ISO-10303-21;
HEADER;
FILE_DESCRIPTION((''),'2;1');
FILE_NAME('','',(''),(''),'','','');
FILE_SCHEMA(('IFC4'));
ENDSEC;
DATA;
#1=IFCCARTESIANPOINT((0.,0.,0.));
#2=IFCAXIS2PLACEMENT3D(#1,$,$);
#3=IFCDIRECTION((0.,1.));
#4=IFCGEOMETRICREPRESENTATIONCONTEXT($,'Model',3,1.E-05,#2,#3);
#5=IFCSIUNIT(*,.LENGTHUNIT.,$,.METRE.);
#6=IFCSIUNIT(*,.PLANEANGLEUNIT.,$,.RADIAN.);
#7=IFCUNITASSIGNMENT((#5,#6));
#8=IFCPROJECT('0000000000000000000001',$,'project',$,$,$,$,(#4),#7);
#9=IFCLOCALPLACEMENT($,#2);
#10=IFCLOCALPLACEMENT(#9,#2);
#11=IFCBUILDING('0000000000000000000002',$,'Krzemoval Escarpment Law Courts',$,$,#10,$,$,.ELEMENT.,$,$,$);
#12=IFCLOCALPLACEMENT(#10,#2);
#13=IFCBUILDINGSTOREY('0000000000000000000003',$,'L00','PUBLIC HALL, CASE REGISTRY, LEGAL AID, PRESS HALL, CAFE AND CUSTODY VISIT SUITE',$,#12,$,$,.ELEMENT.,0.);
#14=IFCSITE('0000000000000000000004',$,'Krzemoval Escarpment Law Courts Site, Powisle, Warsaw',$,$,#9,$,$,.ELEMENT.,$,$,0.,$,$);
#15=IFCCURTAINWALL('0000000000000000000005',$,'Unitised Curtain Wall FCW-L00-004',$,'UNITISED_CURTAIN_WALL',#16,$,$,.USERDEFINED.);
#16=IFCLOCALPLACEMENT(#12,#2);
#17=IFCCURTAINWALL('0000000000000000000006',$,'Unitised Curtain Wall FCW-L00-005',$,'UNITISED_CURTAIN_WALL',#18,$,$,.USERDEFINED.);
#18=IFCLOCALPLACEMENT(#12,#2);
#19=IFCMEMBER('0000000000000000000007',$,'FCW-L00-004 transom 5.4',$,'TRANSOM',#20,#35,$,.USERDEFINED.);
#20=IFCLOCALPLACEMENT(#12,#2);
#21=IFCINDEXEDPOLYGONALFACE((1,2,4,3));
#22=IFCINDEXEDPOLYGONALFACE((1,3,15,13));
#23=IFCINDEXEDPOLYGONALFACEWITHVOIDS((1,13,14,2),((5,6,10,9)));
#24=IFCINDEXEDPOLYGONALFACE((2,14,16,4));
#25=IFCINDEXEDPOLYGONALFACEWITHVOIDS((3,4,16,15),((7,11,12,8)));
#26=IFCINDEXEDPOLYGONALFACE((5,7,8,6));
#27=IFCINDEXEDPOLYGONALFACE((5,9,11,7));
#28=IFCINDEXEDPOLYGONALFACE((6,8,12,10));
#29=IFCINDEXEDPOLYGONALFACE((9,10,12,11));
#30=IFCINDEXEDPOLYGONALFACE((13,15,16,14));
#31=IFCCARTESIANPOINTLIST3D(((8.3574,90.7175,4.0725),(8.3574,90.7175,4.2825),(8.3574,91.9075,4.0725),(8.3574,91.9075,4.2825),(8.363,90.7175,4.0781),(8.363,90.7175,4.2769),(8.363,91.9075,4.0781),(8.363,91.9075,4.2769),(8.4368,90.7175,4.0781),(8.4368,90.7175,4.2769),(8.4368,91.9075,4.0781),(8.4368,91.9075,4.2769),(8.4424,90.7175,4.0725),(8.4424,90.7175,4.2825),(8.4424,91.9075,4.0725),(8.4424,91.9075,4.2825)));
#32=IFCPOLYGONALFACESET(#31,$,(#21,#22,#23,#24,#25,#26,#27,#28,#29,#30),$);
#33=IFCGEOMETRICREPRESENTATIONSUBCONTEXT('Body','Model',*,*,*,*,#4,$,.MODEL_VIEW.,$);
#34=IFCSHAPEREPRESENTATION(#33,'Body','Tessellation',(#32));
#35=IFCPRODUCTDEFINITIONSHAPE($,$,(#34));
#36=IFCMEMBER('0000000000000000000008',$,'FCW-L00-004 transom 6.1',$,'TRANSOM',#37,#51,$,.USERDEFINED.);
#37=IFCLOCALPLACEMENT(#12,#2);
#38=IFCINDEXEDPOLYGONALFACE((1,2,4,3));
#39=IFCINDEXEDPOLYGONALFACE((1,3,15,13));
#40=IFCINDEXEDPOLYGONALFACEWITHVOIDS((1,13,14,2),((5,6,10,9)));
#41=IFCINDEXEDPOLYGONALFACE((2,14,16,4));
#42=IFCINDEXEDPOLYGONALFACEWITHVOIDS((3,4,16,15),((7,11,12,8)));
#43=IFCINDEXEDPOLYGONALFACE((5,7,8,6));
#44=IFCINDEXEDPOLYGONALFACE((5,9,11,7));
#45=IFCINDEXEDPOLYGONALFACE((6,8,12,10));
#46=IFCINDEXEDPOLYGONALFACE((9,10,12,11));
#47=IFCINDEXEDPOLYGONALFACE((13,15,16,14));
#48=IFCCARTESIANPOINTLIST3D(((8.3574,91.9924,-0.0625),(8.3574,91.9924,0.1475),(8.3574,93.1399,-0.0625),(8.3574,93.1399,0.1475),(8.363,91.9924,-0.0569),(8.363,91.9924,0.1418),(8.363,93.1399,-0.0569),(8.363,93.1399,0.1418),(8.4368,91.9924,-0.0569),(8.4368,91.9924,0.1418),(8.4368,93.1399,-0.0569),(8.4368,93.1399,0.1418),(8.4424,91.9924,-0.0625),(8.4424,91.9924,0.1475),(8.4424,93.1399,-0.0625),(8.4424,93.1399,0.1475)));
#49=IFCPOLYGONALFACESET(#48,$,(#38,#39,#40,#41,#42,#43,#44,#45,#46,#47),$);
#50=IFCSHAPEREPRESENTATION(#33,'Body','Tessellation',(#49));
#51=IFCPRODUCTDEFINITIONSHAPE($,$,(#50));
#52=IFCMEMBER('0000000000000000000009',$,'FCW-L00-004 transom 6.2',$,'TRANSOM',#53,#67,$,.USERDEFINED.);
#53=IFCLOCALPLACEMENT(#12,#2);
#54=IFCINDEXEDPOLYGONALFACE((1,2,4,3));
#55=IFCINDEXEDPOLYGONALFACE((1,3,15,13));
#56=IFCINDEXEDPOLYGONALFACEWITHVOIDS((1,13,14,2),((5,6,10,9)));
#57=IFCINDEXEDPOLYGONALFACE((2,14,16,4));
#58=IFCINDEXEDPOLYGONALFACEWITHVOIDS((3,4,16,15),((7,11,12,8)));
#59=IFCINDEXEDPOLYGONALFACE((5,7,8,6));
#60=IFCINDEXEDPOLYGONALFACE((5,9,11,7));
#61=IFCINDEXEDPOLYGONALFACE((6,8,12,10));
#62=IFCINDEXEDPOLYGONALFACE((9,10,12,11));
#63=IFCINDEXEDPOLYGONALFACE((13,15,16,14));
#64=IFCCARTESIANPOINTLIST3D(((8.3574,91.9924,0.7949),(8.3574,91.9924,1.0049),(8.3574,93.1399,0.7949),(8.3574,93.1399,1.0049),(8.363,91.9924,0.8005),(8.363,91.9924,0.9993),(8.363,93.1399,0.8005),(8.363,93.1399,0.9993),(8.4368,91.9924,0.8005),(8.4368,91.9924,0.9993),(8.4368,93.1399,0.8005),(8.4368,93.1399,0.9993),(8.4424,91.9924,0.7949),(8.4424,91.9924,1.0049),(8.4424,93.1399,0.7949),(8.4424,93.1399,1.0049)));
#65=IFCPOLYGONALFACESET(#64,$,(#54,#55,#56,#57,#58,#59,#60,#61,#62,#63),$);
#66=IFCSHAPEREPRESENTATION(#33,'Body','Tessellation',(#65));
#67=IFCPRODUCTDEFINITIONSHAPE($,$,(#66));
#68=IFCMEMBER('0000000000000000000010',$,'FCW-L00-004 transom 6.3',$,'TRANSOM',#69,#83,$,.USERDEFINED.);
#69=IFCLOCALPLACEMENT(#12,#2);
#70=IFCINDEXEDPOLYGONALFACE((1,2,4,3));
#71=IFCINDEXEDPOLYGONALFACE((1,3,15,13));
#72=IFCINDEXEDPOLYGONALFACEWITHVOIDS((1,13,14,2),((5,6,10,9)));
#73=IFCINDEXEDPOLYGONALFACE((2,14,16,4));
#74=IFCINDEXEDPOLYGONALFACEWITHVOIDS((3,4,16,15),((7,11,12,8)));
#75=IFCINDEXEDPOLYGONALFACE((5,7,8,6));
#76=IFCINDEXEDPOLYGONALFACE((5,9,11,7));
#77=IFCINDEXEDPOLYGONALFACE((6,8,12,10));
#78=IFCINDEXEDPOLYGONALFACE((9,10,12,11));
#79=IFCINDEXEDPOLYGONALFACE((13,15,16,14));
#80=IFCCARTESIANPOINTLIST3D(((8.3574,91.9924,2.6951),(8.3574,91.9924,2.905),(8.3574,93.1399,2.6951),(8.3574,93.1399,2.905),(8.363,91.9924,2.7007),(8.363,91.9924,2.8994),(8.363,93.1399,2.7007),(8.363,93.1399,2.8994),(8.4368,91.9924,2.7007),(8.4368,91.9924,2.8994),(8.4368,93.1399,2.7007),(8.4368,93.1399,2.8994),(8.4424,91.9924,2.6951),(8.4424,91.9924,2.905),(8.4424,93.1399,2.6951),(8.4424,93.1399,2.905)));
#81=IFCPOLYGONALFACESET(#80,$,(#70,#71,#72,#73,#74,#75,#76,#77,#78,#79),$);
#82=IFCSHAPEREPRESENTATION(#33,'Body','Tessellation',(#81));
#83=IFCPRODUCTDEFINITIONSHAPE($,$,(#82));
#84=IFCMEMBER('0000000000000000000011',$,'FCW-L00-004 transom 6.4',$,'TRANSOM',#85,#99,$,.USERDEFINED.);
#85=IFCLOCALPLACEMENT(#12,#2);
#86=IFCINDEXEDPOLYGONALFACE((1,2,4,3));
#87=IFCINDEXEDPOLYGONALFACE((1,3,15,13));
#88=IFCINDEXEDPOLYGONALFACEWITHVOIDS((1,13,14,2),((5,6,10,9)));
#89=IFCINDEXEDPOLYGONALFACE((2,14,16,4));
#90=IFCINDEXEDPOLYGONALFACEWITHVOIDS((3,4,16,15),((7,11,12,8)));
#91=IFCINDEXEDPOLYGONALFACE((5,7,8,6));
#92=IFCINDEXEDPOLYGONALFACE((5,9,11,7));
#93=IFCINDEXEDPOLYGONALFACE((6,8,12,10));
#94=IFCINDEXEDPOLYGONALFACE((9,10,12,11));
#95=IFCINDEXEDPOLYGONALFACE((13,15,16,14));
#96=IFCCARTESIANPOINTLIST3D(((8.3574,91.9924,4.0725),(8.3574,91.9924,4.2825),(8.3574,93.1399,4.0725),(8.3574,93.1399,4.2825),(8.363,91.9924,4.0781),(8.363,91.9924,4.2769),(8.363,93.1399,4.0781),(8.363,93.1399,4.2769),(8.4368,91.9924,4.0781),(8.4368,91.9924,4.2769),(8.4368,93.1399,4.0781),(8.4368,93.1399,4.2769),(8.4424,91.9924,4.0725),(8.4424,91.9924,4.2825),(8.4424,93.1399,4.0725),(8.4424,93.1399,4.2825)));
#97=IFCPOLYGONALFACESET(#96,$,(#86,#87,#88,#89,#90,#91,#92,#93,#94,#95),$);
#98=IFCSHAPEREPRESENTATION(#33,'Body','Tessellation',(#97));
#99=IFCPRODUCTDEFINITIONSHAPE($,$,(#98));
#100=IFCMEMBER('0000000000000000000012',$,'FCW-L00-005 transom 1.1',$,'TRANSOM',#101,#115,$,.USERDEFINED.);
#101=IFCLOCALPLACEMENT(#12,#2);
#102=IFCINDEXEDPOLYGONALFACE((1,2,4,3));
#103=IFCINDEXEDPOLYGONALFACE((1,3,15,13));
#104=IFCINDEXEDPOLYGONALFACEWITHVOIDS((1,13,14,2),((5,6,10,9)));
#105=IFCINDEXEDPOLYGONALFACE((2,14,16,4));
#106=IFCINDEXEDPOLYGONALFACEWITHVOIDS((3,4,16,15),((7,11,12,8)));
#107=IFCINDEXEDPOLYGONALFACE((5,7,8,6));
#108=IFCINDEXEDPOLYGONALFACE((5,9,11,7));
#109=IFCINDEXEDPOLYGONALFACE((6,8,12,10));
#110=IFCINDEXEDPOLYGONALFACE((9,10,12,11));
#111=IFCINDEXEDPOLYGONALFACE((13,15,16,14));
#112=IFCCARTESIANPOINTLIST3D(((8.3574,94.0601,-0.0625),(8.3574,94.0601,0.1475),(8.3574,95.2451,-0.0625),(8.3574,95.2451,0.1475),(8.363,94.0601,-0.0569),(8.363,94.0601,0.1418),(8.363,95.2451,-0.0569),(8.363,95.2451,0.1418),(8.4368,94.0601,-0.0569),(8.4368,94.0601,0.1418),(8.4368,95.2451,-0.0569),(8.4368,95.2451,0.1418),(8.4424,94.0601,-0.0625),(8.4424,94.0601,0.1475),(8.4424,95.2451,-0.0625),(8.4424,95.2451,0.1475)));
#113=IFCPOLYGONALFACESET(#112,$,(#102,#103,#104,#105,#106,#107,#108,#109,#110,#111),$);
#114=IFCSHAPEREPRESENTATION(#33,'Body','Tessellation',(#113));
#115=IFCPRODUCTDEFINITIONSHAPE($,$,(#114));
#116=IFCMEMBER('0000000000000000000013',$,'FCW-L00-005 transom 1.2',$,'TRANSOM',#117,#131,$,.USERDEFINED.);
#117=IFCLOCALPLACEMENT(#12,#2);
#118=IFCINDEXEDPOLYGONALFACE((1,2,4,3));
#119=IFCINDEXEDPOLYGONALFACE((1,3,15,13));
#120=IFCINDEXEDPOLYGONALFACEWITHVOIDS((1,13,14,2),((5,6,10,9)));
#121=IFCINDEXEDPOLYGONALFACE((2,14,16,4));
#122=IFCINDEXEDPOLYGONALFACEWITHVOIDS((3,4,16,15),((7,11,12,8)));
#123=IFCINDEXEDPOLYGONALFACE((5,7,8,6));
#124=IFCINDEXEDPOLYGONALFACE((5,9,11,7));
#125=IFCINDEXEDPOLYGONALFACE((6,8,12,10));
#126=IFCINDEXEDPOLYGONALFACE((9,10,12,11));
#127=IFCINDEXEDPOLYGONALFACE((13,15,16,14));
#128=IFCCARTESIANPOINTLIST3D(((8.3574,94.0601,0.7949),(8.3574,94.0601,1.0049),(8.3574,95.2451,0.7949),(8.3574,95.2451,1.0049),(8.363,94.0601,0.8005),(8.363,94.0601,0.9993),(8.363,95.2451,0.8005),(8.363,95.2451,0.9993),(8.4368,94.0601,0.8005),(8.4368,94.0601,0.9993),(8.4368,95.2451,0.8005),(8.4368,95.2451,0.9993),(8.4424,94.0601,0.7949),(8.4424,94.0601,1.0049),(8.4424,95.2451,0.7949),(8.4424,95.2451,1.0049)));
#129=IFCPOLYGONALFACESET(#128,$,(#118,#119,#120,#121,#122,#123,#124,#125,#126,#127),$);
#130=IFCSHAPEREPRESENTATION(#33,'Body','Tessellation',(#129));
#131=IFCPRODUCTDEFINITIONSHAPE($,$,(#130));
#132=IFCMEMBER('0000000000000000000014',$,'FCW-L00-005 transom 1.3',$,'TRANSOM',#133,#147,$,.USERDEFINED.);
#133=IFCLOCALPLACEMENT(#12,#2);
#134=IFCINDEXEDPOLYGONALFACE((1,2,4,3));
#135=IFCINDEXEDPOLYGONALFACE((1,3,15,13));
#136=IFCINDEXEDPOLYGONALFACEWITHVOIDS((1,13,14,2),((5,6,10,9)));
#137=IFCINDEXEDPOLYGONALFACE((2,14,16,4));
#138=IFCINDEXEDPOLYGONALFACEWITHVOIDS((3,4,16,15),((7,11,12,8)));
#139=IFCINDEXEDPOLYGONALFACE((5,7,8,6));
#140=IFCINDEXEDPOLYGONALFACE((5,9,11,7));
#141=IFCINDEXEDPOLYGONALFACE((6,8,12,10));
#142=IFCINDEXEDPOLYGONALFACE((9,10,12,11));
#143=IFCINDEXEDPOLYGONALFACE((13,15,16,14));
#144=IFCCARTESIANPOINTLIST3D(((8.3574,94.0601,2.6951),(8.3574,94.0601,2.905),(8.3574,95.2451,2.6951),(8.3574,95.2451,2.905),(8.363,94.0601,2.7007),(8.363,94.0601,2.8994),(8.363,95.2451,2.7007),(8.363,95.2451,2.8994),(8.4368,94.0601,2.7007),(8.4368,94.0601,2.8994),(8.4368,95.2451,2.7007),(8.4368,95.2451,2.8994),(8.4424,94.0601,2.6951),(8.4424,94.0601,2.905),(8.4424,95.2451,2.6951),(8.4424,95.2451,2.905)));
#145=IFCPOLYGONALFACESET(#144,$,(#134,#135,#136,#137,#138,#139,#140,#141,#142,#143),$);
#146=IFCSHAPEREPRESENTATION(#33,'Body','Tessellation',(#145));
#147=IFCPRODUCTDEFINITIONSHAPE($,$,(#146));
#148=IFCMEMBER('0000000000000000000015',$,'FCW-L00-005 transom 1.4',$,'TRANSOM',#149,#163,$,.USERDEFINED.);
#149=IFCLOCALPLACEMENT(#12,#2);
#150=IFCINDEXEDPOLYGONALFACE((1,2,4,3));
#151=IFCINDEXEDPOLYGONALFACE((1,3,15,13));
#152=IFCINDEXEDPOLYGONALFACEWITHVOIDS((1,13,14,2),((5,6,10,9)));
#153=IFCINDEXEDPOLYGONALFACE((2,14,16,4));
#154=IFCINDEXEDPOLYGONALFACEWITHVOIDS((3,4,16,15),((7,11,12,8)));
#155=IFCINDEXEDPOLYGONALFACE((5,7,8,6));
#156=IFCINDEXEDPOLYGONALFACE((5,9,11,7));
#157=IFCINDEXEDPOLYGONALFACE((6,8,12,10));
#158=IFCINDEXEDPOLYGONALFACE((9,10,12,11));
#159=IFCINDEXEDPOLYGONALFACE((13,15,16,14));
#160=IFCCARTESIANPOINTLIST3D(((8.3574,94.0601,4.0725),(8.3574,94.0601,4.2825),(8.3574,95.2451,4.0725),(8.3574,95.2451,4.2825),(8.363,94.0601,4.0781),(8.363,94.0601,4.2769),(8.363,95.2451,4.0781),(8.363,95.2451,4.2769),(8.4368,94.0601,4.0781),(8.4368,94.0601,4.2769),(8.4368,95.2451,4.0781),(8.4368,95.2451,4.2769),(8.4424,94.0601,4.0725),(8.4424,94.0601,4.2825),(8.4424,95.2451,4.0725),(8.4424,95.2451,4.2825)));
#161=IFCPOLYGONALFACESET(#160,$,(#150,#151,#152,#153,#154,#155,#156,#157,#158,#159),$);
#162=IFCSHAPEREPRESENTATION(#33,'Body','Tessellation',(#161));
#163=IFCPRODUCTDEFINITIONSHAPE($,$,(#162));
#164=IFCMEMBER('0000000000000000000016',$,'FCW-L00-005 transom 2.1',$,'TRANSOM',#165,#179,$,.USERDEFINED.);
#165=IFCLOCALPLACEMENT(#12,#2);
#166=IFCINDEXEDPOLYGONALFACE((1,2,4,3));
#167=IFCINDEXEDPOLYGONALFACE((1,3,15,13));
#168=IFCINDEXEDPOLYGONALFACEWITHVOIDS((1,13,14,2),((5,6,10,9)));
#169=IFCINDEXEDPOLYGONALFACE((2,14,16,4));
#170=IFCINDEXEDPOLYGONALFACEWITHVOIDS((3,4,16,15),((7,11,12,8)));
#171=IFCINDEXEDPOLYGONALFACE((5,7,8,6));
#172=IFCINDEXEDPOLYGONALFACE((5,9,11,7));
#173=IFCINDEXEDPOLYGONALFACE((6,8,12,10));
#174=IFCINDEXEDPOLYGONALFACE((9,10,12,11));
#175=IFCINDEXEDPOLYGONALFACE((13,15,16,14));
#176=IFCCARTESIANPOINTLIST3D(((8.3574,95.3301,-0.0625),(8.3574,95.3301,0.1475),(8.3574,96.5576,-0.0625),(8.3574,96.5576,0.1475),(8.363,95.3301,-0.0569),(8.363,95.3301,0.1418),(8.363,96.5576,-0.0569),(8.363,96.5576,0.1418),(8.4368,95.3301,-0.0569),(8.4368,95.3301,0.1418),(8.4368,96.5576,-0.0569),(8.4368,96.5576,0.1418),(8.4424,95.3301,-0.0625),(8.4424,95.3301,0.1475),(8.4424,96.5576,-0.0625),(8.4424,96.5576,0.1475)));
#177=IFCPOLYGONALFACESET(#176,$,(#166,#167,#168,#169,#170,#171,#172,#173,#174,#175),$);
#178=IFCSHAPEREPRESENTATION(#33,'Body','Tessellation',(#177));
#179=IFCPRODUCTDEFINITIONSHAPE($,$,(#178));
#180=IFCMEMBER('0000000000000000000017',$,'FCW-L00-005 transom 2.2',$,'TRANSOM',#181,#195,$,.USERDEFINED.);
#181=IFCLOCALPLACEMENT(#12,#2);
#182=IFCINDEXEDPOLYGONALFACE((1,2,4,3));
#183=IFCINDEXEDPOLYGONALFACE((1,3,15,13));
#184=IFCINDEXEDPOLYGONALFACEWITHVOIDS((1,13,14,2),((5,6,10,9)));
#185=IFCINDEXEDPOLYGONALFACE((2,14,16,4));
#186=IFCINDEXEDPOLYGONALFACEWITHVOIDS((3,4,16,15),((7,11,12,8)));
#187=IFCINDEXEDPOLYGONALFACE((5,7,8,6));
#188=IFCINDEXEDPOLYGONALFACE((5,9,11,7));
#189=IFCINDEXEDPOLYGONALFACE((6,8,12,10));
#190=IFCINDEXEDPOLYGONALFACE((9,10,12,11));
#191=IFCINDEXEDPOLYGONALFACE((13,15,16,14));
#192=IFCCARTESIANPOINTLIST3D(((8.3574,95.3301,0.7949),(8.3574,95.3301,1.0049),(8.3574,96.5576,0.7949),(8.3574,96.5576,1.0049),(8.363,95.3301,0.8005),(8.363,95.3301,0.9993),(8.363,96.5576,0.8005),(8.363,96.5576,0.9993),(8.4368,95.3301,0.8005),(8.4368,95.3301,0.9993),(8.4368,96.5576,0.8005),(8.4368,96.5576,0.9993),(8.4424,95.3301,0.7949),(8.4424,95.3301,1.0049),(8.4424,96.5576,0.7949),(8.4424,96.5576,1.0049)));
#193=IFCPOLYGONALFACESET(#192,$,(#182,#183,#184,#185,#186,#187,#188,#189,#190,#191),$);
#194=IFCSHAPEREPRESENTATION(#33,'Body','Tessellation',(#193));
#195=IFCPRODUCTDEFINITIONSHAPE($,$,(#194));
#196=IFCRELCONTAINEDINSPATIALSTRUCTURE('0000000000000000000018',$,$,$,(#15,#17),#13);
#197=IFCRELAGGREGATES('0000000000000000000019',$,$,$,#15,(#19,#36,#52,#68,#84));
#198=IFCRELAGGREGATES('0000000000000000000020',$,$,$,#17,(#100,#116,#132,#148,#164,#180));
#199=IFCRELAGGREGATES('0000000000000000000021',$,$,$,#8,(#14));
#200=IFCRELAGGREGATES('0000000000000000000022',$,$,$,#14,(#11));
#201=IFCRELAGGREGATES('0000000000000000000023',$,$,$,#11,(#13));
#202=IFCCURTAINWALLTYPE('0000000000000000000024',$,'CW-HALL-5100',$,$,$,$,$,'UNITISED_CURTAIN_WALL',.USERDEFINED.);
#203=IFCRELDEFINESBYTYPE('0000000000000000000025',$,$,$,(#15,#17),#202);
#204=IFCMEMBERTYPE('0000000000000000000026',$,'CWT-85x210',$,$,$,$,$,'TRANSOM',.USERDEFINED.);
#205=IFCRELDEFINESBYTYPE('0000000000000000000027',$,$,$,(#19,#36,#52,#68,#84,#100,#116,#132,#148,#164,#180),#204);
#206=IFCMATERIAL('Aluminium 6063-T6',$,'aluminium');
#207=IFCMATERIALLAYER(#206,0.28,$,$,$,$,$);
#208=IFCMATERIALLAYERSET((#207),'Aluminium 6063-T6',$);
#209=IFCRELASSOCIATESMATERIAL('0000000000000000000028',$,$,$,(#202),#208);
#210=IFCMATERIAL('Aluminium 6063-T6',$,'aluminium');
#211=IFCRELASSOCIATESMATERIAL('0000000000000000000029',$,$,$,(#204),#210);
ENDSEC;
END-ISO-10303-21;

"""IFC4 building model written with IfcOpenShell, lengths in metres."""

from ifc_helpers import new_model, si_unit, direction, frame, origin, origin_2d, place, context, subcontext, project, spatial, hollow_rectangle, extrude, material, layer, layer_set, material_profile, profile_set, type_object, element, aggregate, save


model = new_model("IFC4")

# Units and contexts
model_context = context("Model", 3, precision=1e-05, world=origin(), true_north=direction((0.0, 1.0)))
body_context = subcontext(model_context, "Body", "Model", "MODEL_VIEW")
ifc_project = project(units=[si_unit("LENGTHUNIT", "METRE"), si_unit("PLANEANGLEUNIT", "RADIAN")], contexts=[model_context])

# Site, building, storey
site_placement = place(None, origin())
site = spatial("IfcSite", under=ifc_project, at=site_placement, Name="Krzemoval Escarpment Law Courts Site, Powisle, Warsaw", CompositionType="ELEMENT", RefElevation=0.0)
building_placement = place(site_placement, origin())
building = spatial("IfcBuilding", under=site, at=building_placement, Name="Krzemoval Escarpment Law Courts", CompositionType="ELEMENT")
storey_placement = place(building_placement, origin())
storey = spatial("IfcBuildingStorey", under=building, at=storey_placement, Name="L00", Description="PUBLIC HALL, CASE REGISTRY, LEGAL AID, PRESS HALL, CAFE AND CUSTODY VISIT SUITE", CompositionType="ELEMENT", Elevation=0.0)

# Curtain walls
ifc_material_1 = material(Name="Aluminium 6063-T6", Category="aluminium")
ifc_layer_1 = layer(ifc_material_1, 0.28)
ifc_layer_set_1 = layer_set([ifc_layer_1], Name="Aluminium 6063-T6")
curtain_wall_type = type_object("IfcCurtainWallType", Name="CW-HALL-5100", ElementType="UNITISED_CURTAIN_WALL", PredefinedType="USERDEFINED", material=ifc_layer_set_1)
curtain_wall_1_placement = place(storey_placement, origin())
curtain_wall_1 = element("IfcCurtainWall", 1, at=curtain_wall_1_placement, inside=storey, type_object=curtain_wall_type, Name="Unitised Curtain Wall FCW-L00-004", ObjectType="UNITISED_CURTAIN_WALL", PredefinedType="USERDEFINED")
curtain_wall_2_placement = place(storey_placement, origin())
curtain_wall_2 = element("IfcCurtainWall", 2, at=curtain_wall_2_placement, inside=storey, type_object=curtain_wall_type, Name="Unitised Curtain Wall FCW-L00-005", ObjectType="UNITISED_CURTAIN_WALL", PredefinedType="USERDEFINED")

# Members
ifc_material_2 = material(Name="Aluminium 6063-T6", Category="aluminium")
ifc_material_profile_1 = material_profile(ifc_material_2, hollow_rectangle(XDim=0.085, YDim=0.21, WallThickness=0.0056, at=origin_2d()), Name="ALU T85x210")
ifc_profile_set_1 = profile_set([ifc_material_profile_1], Name="Aluminium 6063-T6")
member_type_1 = type_object("IfcMemberType", Name="CWT-85x210", ElementType="TRANSOM", PredefinedType="USERDEFINED", material=ifc_profile_set_1)
member_1_placement = place(storey_placement, frame((8.3999, 90.7175, 4.1775), z_axis=(0.0, 1.0, 0.0), x_axis=(-1.0, 0.0, 0.0)))
member_1 = element("IfcMember", 3, at=member_1_placement, type_object=member_type_1, Name="FCW-L00-004 transom 5.4", ObjectType="TRANSOM", PredefinedType="USERDEFINED", context=body_context, shape_type="SweptSolid", body=[
    extrude(hollow_rectangle(XDim=0.085, YDim=0.21, WallThickness=0.0056, at=origin_2d()), origin(), (0.0, 0.0, 1.0), 1.1899),
])
member_2_placement = place(storey_placement, frame((8.3999, 91.9924, 0.0425), z_axis=(0.0, 1.0, 0.0), x_axis=(-1.0, 0.0, 0.0)))
member_2 = element("IfcMember", 4, at=member_2_placement, type_object=member_type_1, Name="FCW-L00-004 transom 6.1", ObjectType="TRANSOM", PredefinedType="USERDEFINED", context=body_context, shape_type="SweptSolid", body=[
    extrude(hollow_rectangle(XDim=0.085, YDim=0.21, WallThickness=0.0056, at=origin_2d()), origin(), (0.0, 0.0, 1.0), 1.1475),
])
member_3_placement = place(storey_placement, frame((8.3999, 91.9924, 0.8999), z_axis=(0.0, 1.0, 0.0), x_axis=(-1.0, 0.0, 0.0)))
member_3 = element("IfcMember", 5, at=member_3_placement, type_object=member_type_1, Name="FCW-L00-004 transom 6.2", ObjectType="TRANSOM", PredefinedType="USERDEFINED", context=body_context, shape_type="SweptSolid", body=[
    extrude(hollow_rectangle(XDim=0.085, YDim=0.21, WallThickness=0.0056, at=origin_2d()), origin(), (0.0, 0.0, 1.0), 1.1475),
])
member_4_placement = place(storey_placement, frame((8.3999, 91.9924, 2.8), z_axis=(0.0, 1.0, 0.0), x_axis=(-1.0, 0.0, 0.0)))
member_4 = element("IfcMember", 6, at=member_4_placement, type_object=member_type_1, Name="FCW-L00-004 transom 6.3", ObjectType="TRANSOM", PredefinedType="USERDEFINED", context=body_context, shape_type="SweptSolid", body=[
    extrude(hollow_rectangle(XDim=0.085, YDim=0.21, WallThickness=0.0056, at=origin_2d()), origin(), (0.0, 0.0, 1.0), 1.1475),
])
member_5_placement = place(storey_placement, frame((8.3999, 91.9924, 4.1775), z_axis=(0.0, 1.0, 0.0), x_axis=(-1.0, 0.0, 0.0)))
member_5 = element("IfcMember", 7, at=member_5_placement, type_object=member_type_1, Name="FCW-L00-004 transom 6.4", ObjectType="TRANSOM", PredefinedType="USERDEFINED", context=body_context, shape_type="SweptSolid", body=[
    extrude(hollow_rectangle(XDim=0.085, YDim=0.21, WallThickness=0.0056, at=origin_2d()), origin(), (0.0, 0.0, 1.0), 1.1475),
])
member_6_placement = place(storey_placement, frame((8.3999, 94.0601, 0.0425), z_axis=(0.0, 1.0, 0.0), x_axis=(-1.0, 0.0, 0.0)))
member_6 = element("IfcMember", 8, at=member_6_placement, type_object=member_type_1, Name="FCW-L00-005 transom 1.1", ObjectType="TRANSOM", PredefinedType="USERDEFINED", context=body_context, shape_type="SweptSolid", body=[
    extrude(hollow_rectangle(XDim=0.085, YDim=0.21, WallThickness=0.0056, at=origin_2d()), origin(), (0.0, 0.0, 1.0), 1.1851),
])
member_7_placement = place(storey_placement, frame((8.3999, 94.0601, 0.8999), z_axis=(0.0, 1.0, 0.0), x_axis=(-1.0, 0.0, 0.0)))
member_7 = element("IfcMember", 9, at=member_7_placement, type_object=member_type_1, Name="FCW-L00-005 transom 1.2", ObjectType="TRANSOM", PredefinedType="USERDEFINED", context=body_context, shape_type="SweptSolid", body=[
    extrude(hollow_rectangle(XDim=0.085, YDim=0.21, WallThickness=0.0056, at=origin_2d()), origin(), (0.0, 0.0, 1.0), 1.1851),
])
member_8_placement = place(storey_placement, frame((8.3999, 94.0601, 2.8), z_axis=(0.0, 1.0, 0.0), x_axis=(-1.0, 0.0, 0.0)))
member_8 = element("IfcMember", 10, at=member_8_placement, type_object=member_type_1, Name="FCW-L00-005 transom 1.3", ObjectType="TRANSOM", PredefinedType="USERDEFINED", context=body_context, shape_type="SweptSolid", body=[
    extrude(hollow_rectangle(XDim=0.085, YDim=0.21, WallThickness=0.0056, at=origin_2d()), origin(), (0.0, 0.0, 1.0), 1.1851),
])
member_9_placement = place(storey_placement, frame((8.3999, 94.0601, 4.1775), z_axis=(0.0, 1.0, 0.0), x_axis=(-1.0, 0.0, 0.0)))
member_9 = element("IfcMember", 11, at=member_9_placement, type_object=member_type_1, Name="FCW-L00-005 transom 1.4", ObjectType="TRANSOM", PredefinedType="USERDEFINED", context=body_context, shape_type="SweptSolid", body=[
    extrude(hollow_rectangle(XDim=0.085, YDim=0.21, WallThickness=0.0056, at=origin_2d()), origin(), (0.0, 0.0, 1.0), 1.1851),
])
member_10_placement = place(storey_placement, frame((8.3999, 95.3301, 0.0425), z_axis=(0.0, 1.0, 0.0), x_axis=(-1.0, 0.0, 0.0)))
member_10 = element("IfcMember", 12, at=member_10_placement, type_object=member_type_1, Name="FCW-L00-005 transom 2.1", ObjectType="TRANSOM", PredefinedType="USERDEFINED", context=body_context, shape_type="SweptSolid", body=[
    extrude(hollow_rectangle(XDim=0.085, YDim=0.21, WallThickness=0.0056, at=origin_2d()), origin(), (0.0, 0.0, 1.0), 1.2275),
])
member_11_placement = place(storey_placement, frame((8.3999, 95.3301, 0.8999), z_axis=(0.0, 1.0, 0.0), x_axis=(-1.0, 0.0, 0.0)))
member_11 = element("IfcMember", 13, at=member_11_placement, type_object=member_type_1, Name="FCW-L00-005 transom 2.2", ObjectType="TRANSOM", PredefinedType="USERDEFINED", context=body_context, shape_type="SweptSolid", body=[
    extrude(hollow_rectangle(XDim=0.085, YDim=0.21, WallThickness=0.0056, at=origin_2d()), origin(), (0.0, 0.0, 1.0), 1.2275),
])

aggregate(curtain_wall_1, [member_1, member_2, member_3, member_4, member_5])
aggregate(curtain_wall_2, [member_6, member_7, member_8, member_9, member_10, member_11])

save(model, "model.ifc")
